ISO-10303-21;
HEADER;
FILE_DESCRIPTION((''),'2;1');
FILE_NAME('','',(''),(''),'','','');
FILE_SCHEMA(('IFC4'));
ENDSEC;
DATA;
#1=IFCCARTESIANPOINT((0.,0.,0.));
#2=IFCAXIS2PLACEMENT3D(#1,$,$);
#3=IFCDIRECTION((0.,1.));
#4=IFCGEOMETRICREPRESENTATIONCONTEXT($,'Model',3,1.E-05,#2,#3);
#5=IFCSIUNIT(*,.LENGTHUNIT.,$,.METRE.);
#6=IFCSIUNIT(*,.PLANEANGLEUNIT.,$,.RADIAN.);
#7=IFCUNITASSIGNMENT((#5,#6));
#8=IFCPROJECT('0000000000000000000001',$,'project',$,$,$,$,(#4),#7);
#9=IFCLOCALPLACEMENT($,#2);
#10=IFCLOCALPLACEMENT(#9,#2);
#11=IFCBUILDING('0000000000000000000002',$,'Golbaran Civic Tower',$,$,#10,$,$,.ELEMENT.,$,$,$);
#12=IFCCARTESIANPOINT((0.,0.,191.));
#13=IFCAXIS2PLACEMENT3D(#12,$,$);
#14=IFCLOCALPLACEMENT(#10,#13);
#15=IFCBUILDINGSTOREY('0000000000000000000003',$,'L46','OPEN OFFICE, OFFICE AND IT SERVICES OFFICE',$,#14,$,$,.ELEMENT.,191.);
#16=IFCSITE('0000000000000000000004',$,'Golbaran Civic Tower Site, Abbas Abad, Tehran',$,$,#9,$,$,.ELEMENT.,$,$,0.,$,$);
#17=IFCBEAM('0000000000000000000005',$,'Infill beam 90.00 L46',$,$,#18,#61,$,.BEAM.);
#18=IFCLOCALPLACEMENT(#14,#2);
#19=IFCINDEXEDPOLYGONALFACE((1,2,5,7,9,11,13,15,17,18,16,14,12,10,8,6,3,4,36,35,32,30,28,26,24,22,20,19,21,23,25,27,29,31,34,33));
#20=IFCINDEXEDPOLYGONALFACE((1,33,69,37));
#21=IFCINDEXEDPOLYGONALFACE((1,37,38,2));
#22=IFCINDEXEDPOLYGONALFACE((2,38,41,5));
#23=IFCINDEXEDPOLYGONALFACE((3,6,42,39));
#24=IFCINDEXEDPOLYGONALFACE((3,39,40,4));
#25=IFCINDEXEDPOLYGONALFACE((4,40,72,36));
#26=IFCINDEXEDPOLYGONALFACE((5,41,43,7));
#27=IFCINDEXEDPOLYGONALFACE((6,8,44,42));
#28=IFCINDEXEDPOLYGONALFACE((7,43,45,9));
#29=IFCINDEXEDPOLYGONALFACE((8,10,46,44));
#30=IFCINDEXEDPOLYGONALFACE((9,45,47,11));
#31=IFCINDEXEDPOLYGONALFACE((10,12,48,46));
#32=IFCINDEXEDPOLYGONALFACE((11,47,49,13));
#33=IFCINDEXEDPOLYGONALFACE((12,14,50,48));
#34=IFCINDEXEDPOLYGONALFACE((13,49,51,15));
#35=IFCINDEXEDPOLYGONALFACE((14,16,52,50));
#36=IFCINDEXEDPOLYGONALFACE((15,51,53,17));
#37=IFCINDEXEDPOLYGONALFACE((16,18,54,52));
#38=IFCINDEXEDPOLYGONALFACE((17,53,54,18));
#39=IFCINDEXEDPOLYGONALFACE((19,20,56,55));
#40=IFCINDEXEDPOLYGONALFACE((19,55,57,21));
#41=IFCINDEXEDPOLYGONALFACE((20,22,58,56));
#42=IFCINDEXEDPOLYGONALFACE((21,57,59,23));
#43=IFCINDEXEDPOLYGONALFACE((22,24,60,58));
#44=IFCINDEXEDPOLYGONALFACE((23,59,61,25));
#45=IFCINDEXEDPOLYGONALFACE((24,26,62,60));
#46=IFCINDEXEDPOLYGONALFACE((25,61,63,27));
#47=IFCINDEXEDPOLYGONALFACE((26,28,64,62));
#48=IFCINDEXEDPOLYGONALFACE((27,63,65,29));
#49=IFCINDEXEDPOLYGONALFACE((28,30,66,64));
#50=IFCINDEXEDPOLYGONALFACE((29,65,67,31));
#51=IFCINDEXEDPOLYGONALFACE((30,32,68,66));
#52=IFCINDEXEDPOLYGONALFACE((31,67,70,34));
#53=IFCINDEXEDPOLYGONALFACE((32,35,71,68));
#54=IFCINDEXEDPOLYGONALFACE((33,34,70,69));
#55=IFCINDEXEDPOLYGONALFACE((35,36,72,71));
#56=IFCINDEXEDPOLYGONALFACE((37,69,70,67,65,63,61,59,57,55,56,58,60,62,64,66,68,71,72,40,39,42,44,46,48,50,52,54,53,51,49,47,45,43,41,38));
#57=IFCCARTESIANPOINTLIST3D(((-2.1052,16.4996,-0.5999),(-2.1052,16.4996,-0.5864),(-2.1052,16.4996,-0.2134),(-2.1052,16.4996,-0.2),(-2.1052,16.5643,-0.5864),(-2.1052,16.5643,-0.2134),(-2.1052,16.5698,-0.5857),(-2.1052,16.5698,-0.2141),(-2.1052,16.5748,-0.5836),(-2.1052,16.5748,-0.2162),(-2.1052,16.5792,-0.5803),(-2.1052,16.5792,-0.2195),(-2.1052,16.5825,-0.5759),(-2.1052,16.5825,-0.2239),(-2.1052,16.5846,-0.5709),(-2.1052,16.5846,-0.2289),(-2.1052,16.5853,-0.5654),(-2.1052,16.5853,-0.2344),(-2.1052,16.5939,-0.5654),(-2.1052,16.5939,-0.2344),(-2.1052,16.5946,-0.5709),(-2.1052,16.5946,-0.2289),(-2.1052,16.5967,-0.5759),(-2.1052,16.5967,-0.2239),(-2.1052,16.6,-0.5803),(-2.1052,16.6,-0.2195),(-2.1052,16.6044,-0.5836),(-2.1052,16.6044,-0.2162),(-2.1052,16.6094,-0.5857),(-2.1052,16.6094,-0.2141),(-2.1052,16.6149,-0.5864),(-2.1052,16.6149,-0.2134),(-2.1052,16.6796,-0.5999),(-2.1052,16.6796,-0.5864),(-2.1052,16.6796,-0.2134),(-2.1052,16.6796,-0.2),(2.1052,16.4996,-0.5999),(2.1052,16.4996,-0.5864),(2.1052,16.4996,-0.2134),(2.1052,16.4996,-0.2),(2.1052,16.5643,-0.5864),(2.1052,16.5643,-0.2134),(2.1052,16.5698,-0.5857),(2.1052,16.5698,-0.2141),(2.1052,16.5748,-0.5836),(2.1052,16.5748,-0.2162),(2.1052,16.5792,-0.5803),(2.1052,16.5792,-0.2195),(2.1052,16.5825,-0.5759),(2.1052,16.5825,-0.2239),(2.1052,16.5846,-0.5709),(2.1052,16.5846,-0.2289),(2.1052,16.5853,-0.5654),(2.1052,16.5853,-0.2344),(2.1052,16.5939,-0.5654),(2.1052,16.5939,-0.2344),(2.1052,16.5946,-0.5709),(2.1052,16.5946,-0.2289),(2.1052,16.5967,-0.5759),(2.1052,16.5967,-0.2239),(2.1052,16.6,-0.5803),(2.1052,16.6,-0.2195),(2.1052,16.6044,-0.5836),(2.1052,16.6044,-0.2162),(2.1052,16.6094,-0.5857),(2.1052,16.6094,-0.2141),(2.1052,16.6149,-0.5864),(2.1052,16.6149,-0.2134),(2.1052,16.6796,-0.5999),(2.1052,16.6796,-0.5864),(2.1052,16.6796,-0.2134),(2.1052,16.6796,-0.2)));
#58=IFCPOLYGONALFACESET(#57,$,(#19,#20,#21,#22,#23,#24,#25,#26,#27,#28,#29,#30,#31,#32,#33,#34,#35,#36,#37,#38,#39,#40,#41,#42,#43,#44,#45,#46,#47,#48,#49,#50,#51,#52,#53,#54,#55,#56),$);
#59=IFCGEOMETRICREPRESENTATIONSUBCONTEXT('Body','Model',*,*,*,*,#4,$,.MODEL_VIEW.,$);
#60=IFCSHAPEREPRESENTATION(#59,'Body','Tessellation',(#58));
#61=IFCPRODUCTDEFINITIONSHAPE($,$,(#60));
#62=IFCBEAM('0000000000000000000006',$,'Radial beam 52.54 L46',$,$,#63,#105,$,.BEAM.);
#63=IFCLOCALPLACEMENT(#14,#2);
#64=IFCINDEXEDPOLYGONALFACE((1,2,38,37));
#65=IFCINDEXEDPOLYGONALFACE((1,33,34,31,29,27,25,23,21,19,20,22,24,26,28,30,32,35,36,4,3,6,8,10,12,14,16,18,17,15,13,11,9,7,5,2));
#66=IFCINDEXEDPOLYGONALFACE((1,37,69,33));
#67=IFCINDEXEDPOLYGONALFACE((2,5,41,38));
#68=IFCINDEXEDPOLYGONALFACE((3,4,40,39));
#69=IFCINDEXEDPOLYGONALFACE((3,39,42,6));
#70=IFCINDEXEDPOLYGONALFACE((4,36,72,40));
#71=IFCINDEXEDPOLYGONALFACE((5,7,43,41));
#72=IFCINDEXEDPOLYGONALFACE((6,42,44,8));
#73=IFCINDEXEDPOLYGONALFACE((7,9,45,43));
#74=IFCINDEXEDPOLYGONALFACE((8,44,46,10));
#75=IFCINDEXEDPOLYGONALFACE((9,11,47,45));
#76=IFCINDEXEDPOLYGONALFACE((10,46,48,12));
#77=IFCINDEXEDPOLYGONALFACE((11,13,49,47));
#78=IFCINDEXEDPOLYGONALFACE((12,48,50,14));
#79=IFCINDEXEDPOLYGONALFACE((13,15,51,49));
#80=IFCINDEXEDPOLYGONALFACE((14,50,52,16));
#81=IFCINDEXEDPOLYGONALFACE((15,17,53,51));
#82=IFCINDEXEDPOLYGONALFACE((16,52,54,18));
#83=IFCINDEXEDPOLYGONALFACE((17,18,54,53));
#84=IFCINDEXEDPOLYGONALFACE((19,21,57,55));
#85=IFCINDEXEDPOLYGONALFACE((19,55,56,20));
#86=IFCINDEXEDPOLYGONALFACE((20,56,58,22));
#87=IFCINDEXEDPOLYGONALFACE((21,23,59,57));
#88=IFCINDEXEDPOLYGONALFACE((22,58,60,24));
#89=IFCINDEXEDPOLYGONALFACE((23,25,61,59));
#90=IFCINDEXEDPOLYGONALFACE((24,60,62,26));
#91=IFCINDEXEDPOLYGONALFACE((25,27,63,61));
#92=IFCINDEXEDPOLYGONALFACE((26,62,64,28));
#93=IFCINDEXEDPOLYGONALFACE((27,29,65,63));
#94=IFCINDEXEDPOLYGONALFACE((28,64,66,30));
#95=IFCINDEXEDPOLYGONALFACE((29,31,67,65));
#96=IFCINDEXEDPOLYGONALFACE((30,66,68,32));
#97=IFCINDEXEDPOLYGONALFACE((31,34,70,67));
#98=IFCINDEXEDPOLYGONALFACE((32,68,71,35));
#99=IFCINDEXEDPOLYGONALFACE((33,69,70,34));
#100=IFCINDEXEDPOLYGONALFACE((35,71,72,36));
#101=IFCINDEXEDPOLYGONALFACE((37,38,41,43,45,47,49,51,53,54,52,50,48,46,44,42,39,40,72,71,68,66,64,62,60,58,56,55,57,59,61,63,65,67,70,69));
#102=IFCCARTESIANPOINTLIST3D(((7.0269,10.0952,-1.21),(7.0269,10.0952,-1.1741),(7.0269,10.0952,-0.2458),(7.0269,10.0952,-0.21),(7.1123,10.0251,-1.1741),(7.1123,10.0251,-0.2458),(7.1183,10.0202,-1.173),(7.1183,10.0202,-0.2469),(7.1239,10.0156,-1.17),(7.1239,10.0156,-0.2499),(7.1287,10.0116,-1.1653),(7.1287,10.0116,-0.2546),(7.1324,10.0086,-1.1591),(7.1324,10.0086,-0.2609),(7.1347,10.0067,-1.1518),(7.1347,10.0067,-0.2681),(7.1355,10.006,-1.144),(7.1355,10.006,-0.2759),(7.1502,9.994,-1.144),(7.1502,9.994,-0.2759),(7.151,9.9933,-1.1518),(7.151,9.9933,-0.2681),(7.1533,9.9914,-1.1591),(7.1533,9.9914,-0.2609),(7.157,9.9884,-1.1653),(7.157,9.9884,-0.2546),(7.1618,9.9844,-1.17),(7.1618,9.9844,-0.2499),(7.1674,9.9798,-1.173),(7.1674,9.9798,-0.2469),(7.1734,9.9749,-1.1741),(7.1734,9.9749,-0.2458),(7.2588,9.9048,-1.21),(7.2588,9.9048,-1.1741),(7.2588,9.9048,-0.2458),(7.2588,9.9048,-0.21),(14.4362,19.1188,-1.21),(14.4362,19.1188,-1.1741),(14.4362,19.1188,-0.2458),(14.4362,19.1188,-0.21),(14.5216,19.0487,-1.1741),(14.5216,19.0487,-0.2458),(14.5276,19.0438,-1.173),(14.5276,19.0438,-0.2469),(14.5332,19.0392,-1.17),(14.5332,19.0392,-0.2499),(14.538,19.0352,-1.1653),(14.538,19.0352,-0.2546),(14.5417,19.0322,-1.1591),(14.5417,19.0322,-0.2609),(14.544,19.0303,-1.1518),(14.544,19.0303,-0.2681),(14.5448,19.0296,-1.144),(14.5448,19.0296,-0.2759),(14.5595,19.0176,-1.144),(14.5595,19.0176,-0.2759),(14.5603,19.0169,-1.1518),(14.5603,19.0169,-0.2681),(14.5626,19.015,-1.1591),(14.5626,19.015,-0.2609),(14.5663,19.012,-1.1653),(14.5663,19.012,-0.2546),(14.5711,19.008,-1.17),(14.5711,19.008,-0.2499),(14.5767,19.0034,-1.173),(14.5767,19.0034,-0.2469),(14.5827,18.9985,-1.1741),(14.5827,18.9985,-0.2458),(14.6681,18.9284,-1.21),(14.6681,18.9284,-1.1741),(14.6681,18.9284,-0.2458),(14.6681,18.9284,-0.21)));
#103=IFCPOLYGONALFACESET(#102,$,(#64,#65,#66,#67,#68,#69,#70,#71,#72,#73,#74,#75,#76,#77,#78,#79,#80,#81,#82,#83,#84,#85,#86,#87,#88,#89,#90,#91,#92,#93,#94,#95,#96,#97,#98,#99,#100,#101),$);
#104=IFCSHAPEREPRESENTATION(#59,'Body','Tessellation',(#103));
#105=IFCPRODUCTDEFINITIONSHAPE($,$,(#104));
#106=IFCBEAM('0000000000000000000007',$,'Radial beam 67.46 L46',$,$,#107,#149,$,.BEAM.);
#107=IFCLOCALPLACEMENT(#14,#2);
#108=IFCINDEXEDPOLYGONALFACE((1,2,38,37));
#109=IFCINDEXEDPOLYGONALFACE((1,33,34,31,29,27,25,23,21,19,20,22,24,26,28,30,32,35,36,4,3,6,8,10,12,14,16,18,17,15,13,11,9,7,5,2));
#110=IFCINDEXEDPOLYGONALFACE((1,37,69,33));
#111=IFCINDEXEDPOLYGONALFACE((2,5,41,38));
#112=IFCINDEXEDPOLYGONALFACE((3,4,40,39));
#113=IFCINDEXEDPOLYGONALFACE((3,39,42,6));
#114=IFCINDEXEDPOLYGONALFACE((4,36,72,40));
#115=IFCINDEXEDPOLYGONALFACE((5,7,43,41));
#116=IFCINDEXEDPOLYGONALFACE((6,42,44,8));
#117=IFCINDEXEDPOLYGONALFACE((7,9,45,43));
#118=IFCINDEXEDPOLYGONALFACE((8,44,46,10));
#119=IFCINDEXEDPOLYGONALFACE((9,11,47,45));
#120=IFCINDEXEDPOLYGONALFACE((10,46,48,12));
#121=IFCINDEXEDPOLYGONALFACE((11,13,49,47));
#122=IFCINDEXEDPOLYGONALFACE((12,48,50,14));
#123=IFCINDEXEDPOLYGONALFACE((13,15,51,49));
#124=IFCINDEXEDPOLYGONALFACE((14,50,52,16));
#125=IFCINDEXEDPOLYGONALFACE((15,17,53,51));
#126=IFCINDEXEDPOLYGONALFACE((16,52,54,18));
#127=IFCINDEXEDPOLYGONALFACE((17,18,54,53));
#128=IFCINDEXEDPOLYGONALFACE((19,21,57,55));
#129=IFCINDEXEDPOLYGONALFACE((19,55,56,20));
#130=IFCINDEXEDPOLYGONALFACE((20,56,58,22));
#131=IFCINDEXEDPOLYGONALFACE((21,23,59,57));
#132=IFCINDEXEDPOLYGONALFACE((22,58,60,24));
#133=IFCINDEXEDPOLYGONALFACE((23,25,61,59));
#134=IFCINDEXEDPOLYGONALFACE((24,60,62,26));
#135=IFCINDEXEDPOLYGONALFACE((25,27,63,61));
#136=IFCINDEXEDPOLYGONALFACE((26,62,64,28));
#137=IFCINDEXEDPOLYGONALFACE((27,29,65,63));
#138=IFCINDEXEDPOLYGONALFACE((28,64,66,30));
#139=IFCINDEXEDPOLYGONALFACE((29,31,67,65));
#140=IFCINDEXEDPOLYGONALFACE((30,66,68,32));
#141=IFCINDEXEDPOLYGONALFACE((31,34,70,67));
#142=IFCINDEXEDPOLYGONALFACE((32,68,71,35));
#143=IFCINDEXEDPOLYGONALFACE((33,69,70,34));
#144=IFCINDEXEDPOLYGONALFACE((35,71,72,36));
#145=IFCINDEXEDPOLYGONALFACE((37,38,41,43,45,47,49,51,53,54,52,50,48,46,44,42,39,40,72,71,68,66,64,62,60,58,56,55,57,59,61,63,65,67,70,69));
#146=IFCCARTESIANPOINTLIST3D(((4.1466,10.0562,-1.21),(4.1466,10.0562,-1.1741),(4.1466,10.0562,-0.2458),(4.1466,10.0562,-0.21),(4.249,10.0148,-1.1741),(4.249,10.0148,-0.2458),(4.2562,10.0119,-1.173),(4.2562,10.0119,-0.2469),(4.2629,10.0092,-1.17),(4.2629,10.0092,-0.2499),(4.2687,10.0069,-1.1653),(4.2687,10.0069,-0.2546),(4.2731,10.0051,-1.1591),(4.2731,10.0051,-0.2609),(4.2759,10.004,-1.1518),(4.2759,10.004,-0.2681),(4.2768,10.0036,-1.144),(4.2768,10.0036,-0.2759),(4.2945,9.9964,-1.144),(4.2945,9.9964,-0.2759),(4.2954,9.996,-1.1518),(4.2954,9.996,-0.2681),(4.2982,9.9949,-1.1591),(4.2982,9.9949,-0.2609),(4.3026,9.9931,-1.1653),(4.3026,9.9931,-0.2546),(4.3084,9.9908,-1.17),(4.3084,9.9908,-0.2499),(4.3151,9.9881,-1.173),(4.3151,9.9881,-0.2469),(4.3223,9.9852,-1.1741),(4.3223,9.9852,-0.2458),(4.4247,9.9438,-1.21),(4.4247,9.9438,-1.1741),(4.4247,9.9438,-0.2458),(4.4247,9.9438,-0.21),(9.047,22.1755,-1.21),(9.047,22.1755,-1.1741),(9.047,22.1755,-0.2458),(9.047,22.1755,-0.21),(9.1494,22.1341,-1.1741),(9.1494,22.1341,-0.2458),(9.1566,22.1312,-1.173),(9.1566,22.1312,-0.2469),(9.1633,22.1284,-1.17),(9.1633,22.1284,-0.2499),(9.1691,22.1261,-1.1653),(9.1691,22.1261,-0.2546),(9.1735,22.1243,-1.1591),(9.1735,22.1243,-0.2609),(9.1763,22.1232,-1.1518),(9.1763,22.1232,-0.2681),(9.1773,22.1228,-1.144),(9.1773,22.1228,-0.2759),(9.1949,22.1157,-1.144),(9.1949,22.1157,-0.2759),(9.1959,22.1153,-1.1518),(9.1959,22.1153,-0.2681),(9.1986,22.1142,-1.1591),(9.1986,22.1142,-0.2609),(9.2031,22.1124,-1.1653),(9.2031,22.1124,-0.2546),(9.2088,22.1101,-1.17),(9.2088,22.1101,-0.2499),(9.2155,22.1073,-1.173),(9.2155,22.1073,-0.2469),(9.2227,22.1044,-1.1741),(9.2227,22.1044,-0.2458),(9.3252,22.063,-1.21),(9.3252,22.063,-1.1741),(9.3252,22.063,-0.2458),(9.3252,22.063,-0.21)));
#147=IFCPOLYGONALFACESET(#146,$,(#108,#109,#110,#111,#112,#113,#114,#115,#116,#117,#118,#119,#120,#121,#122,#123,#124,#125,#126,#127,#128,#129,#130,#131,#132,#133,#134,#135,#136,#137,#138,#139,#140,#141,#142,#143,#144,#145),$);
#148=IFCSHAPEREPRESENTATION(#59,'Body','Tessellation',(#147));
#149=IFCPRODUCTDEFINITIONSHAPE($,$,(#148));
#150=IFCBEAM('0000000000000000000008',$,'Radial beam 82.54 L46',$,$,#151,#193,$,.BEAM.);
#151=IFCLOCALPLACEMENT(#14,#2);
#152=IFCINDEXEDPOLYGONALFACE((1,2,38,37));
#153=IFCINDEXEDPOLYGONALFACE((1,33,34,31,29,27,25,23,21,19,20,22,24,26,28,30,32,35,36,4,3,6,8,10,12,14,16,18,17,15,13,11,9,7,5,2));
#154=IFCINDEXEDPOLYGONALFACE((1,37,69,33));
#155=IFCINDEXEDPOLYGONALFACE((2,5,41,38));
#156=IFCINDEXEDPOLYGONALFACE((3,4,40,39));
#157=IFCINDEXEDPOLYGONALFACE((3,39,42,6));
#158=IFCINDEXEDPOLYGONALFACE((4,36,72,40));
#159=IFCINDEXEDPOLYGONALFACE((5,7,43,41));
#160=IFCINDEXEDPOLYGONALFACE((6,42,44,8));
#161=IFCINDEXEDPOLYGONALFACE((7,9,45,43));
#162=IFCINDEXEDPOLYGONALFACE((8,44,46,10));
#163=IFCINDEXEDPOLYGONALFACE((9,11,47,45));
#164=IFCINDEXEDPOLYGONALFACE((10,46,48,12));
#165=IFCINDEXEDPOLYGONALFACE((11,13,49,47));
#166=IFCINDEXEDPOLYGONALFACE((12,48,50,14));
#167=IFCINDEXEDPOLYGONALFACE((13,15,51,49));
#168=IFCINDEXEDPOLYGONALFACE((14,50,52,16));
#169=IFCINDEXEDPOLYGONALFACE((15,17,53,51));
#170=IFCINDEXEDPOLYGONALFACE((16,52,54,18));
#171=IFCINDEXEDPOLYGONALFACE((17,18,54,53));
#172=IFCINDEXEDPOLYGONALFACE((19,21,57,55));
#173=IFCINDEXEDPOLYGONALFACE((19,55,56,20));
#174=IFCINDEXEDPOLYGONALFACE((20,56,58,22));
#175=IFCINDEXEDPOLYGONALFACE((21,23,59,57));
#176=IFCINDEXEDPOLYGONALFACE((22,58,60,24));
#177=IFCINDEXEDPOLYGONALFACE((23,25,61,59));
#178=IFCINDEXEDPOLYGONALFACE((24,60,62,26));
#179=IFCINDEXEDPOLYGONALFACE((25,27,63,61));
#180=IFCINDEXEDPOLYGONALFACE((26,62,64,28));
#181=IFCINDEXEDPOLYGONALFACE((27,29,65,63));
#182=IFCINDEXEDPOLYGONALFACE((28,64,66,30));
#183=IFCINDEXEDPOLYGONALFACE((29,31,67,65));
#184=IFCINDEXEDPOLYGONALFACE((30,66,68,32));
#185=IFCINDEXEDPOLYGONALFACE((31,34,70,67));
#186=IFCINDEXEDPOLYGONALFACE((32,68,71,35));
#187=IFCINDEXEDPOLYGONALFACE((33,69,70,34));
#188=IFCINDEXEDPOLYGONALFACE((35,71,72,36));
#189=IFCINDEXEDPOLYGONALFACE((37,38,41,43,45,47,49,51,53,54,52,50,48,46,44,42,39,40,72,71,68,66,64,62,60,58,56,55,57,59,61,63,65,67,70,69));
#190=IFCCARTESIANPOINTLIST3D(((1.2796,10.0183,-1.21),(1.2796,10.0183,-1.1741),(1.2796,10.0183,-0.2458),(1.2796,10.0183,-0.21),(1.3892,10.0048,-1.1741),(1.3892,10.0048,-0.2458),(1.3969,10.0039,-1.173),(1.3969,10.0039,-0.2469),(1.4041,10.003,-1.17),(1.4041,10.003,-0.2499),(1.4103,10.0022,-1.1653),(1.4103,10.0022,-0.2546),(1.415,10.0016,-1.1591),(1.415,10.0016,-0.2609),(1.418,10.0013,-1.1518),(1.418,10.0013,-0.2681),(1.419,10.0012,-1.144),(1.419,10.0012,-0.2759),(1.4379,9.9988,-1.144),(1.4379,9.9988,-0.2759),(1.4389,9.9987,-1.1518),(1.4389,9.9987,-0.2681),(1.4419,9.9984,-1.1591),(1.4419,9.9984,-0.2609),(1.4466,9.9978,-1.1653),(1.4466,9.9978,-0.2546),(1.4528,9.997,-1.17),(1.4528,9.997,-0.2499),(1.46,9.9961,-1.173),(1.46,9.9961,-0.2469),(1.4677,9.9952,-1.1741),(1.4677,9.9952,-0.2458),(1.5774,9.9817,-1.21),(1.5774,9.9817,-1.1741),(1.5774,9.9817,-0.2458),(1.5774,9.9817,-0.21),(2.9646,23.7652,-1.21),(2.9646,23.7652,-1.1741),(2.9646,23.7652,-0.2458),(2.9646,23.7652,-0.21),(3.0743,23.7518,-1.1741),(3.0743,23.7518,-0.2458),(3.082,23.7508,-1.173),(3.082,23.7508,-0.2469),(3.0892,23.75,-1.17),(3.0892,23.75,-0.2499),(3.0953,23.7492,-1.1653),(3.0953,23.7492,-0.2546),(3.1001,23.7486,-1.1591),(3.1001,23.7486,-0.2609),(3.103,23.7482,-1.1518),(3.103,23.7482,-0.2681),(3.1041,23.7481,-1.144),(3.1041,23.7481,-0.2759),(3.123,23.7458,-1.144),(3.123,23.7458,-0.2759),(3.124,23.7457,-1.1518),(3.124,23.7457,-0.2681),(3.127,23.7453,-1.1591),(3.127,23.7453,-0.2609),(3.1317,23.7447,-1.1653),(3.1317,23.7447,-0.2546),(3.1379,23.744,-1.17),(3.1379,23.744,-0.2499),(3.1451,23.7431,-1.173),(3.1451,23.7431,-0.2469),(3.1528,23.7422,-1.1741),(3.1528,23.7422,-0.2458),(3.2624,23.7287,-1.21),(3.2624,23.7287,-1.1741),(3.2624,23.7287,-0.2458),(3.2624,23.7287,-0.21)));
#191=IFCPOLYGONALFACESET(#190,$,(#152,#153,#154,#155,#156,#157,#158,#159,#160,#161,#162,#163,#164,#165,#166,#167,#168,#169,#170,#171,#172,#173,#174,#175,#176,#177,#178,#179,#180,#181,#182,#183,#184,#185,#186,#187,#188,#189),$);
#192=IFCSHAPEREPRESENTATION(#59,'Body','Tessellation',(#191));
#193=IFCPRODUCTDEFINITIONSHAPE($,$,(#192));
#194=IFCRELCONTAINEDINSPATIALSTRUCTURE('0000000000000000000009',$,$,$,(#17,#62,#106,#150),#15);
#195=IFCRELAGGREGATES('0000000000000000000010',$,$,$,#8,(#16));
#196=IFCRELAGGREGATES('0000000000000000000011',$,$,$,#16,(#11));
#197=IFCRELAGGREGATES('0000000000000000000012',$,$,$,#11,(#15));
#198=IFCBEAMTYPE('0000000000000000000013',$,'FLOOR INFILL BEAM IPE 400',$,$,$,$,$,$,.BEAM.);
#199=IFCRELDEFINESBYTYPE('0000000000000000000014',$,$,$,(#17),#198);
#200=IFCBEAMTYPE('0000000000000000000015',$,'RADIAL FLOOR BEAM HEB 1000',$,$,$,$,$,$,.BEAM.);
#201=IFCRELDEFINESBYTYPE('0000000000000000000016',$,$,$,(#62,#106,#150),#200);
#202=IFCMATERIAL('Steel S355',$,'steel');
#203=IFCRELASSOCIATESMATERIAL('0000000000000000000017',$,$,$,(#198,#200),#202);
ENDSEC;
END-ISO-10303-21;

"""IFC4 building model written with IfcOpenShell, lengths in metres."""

from ifc_helpers import new_model, si_unit, direction, frame, origin, origin_2d, place, context, subcontext, project, spatial, i_section, extrude, material, material_profile, profile_set, type_object, element, save


model = new_model("IFC4")

# Units and contexts
model_context = context("Model", 3, precision=1e-05, world=origin(), true_north=direction((0.0, 1.0)))
body_context = subcontext(model_context, "Body", "Model", "MODEL_VIEW")
ifc_project = project(units=[si_unit("LENGTHUNIT", "METRE"), si_unit("PLANEANGLEUNIT", "RADIAN")], contexts=[model_context])

# Site, building, storey
site_placement = place(None, origin())
site = spatial("IfcSite", under=ifc_project, at=site_placement, Name="Golbaran Civic Tower Site, Abbas Abad, Tehran", CompositionType="ELEMENT", RefElevation=0.0)
building_placement = place(site_placement, origin())
building = spatial("IfcBuilding", under=site, at=building_placement, Name="Golbaran Civic Tower", CompositionType="ELEMENT")
storey_placement = place(building_placement, frame((0.0, 0.0, 191.0)))
storey = spatial("IfcBuildingStorey", under=building, at=storey_placement, Name="L46", Description="OPEN OFFICE, OFFICE AND IT SERVICES OFFICE", CompositionType="ELEMENT", Elevation=191.0)

# Beams
ifc_material_1 = material(Name="Steel S355", Category="steel")
ifc_material_profile_1 = material_profile(ifc_material_1, i_section(OverallWidth=0.1799, OverallDepth=0.3999, WebThickness=0.0085, FlangeThickness=0.0134, FilletRadius=0.021, at=origin_2d()), Name="IPE 400")
ifc_profile_set_1 = profile_set([ifc_material_profile_1], Name="Steel S355")
beam_type_1 = type_object("IfcBeamType", Name="FLOOR INFILL BEAM IPE 400", PredefinedType="BEAM", material=ifc_profile_set_1)
beam_1_placement = place(storey_placement, frame((2.1052, 16.5896, -0.3999), z_axis=(-1.0, 0.0, 0.0), x_axis=(0.0, -1.0, 0.0)))
element("IfcBeam", 1, at=beam_1_placement, inside=storey, type_object=beam_type_1, Name="Infill beam 90.00 L46", PredefinedType="BEAM", context=body_context, shape_type="SweptSolid", body=[
    extrude(i_section(OverallWidth=0.1799, OverallDepth=0.3999, WebThickness=0.0085, FlangeThickness=0.0134, FilletRadius=0.021, at=origin_2d()), origin(), (0.0, 0.0, 1.0), 4.2104),
])
ifc_material_profile_2 = material_profile(ifc_material_1, i_section(OverallWidth=0.3, OverallDepth=1.0, WebThickness=0.019, FlangeThickness=0.0359, FilletRadius=0.03, at=origin_2d()), Name="HEB 1000")
ifc_profile_set_2 = profile_set([ifc_material_profile_2], Name="Steel S355")
beam_type_2 = type_object("IfcBeamType", Name="RADIAL FLOOR BEAM HEB 1000", PredefinedType="BEAM", material=ifc_profile_set_2)
beam_2_placement = place(storey_placement, frame((7.1428, 10.0, -0.71), z_axis=(0.634592, 0.772847, 0.0), x_axis=(-0.772847, 0.634592, 0.0)))
element("IfcBeam", 2, at=beam_2_placement, inside=storey, type_object=beam_type_2, Name="Radial beam 52.54 L46", PredefinedType="BEAM", context=body_context, shape_type="SweptSolid", body=[
    extrude(i_section(OverallWidth=0.3, OverallDepth=1.0, WebThickness=0.019, FlangeThickness=0.0359, FilletRadius=0.03, at=origin_2d()), origin(), (0.0, 0.0, 1.0), 11.6758),
])
beam_3_placement = place(storey_placement, frame((4.2856, 10.0, -0.71), z_axis=(0.374866, 0.927079, 0.0), x_axis=(-0.927079, 0.374866, 0.0)))
element("IfcBeam", 3, at=beam_3_placement, inside=storey, type_object=beam_type_2, Name="Radial beam 67.46 L46", PredefinedType="BEAM", context=body_context, shape_type="SweptSolid", body=[
    extrude(i_section(OverallWidth=0.3, OverallDepth=1.0, WebThickness=0.019, FlangeThickness=0.0359, FilletRadius=0.03, at=origin_2d()), origin(), (0.0, 0.0, 1.0), 13.0725),
])
beam_4_placement = place(storey_placement, frame((1.4285, 10.0, -0.71), z_axis=(0.121665, 0.992571, 0.0), x_axis=(-0.992571, 0.121665, 0.0)))
element("IfcBeam", 4, at=beam_4_placement, inside=storey, type_object=beam_type_2, Name="Radial beam 82.54 L46", PredefinedType="BEAM", context=body_context, shape_type="SweptSolid", body=[
    extrude(i_section(OverallWidth=0.3, OverallDepth=1.0, WebThickness=0.019, FlangeThickness=0.0359, FilletRadius=0.03, at=origin_2d()), origin(), (0.0, 0.0, 1.0), 13.8499),
])

save(model, "model.ifc")
